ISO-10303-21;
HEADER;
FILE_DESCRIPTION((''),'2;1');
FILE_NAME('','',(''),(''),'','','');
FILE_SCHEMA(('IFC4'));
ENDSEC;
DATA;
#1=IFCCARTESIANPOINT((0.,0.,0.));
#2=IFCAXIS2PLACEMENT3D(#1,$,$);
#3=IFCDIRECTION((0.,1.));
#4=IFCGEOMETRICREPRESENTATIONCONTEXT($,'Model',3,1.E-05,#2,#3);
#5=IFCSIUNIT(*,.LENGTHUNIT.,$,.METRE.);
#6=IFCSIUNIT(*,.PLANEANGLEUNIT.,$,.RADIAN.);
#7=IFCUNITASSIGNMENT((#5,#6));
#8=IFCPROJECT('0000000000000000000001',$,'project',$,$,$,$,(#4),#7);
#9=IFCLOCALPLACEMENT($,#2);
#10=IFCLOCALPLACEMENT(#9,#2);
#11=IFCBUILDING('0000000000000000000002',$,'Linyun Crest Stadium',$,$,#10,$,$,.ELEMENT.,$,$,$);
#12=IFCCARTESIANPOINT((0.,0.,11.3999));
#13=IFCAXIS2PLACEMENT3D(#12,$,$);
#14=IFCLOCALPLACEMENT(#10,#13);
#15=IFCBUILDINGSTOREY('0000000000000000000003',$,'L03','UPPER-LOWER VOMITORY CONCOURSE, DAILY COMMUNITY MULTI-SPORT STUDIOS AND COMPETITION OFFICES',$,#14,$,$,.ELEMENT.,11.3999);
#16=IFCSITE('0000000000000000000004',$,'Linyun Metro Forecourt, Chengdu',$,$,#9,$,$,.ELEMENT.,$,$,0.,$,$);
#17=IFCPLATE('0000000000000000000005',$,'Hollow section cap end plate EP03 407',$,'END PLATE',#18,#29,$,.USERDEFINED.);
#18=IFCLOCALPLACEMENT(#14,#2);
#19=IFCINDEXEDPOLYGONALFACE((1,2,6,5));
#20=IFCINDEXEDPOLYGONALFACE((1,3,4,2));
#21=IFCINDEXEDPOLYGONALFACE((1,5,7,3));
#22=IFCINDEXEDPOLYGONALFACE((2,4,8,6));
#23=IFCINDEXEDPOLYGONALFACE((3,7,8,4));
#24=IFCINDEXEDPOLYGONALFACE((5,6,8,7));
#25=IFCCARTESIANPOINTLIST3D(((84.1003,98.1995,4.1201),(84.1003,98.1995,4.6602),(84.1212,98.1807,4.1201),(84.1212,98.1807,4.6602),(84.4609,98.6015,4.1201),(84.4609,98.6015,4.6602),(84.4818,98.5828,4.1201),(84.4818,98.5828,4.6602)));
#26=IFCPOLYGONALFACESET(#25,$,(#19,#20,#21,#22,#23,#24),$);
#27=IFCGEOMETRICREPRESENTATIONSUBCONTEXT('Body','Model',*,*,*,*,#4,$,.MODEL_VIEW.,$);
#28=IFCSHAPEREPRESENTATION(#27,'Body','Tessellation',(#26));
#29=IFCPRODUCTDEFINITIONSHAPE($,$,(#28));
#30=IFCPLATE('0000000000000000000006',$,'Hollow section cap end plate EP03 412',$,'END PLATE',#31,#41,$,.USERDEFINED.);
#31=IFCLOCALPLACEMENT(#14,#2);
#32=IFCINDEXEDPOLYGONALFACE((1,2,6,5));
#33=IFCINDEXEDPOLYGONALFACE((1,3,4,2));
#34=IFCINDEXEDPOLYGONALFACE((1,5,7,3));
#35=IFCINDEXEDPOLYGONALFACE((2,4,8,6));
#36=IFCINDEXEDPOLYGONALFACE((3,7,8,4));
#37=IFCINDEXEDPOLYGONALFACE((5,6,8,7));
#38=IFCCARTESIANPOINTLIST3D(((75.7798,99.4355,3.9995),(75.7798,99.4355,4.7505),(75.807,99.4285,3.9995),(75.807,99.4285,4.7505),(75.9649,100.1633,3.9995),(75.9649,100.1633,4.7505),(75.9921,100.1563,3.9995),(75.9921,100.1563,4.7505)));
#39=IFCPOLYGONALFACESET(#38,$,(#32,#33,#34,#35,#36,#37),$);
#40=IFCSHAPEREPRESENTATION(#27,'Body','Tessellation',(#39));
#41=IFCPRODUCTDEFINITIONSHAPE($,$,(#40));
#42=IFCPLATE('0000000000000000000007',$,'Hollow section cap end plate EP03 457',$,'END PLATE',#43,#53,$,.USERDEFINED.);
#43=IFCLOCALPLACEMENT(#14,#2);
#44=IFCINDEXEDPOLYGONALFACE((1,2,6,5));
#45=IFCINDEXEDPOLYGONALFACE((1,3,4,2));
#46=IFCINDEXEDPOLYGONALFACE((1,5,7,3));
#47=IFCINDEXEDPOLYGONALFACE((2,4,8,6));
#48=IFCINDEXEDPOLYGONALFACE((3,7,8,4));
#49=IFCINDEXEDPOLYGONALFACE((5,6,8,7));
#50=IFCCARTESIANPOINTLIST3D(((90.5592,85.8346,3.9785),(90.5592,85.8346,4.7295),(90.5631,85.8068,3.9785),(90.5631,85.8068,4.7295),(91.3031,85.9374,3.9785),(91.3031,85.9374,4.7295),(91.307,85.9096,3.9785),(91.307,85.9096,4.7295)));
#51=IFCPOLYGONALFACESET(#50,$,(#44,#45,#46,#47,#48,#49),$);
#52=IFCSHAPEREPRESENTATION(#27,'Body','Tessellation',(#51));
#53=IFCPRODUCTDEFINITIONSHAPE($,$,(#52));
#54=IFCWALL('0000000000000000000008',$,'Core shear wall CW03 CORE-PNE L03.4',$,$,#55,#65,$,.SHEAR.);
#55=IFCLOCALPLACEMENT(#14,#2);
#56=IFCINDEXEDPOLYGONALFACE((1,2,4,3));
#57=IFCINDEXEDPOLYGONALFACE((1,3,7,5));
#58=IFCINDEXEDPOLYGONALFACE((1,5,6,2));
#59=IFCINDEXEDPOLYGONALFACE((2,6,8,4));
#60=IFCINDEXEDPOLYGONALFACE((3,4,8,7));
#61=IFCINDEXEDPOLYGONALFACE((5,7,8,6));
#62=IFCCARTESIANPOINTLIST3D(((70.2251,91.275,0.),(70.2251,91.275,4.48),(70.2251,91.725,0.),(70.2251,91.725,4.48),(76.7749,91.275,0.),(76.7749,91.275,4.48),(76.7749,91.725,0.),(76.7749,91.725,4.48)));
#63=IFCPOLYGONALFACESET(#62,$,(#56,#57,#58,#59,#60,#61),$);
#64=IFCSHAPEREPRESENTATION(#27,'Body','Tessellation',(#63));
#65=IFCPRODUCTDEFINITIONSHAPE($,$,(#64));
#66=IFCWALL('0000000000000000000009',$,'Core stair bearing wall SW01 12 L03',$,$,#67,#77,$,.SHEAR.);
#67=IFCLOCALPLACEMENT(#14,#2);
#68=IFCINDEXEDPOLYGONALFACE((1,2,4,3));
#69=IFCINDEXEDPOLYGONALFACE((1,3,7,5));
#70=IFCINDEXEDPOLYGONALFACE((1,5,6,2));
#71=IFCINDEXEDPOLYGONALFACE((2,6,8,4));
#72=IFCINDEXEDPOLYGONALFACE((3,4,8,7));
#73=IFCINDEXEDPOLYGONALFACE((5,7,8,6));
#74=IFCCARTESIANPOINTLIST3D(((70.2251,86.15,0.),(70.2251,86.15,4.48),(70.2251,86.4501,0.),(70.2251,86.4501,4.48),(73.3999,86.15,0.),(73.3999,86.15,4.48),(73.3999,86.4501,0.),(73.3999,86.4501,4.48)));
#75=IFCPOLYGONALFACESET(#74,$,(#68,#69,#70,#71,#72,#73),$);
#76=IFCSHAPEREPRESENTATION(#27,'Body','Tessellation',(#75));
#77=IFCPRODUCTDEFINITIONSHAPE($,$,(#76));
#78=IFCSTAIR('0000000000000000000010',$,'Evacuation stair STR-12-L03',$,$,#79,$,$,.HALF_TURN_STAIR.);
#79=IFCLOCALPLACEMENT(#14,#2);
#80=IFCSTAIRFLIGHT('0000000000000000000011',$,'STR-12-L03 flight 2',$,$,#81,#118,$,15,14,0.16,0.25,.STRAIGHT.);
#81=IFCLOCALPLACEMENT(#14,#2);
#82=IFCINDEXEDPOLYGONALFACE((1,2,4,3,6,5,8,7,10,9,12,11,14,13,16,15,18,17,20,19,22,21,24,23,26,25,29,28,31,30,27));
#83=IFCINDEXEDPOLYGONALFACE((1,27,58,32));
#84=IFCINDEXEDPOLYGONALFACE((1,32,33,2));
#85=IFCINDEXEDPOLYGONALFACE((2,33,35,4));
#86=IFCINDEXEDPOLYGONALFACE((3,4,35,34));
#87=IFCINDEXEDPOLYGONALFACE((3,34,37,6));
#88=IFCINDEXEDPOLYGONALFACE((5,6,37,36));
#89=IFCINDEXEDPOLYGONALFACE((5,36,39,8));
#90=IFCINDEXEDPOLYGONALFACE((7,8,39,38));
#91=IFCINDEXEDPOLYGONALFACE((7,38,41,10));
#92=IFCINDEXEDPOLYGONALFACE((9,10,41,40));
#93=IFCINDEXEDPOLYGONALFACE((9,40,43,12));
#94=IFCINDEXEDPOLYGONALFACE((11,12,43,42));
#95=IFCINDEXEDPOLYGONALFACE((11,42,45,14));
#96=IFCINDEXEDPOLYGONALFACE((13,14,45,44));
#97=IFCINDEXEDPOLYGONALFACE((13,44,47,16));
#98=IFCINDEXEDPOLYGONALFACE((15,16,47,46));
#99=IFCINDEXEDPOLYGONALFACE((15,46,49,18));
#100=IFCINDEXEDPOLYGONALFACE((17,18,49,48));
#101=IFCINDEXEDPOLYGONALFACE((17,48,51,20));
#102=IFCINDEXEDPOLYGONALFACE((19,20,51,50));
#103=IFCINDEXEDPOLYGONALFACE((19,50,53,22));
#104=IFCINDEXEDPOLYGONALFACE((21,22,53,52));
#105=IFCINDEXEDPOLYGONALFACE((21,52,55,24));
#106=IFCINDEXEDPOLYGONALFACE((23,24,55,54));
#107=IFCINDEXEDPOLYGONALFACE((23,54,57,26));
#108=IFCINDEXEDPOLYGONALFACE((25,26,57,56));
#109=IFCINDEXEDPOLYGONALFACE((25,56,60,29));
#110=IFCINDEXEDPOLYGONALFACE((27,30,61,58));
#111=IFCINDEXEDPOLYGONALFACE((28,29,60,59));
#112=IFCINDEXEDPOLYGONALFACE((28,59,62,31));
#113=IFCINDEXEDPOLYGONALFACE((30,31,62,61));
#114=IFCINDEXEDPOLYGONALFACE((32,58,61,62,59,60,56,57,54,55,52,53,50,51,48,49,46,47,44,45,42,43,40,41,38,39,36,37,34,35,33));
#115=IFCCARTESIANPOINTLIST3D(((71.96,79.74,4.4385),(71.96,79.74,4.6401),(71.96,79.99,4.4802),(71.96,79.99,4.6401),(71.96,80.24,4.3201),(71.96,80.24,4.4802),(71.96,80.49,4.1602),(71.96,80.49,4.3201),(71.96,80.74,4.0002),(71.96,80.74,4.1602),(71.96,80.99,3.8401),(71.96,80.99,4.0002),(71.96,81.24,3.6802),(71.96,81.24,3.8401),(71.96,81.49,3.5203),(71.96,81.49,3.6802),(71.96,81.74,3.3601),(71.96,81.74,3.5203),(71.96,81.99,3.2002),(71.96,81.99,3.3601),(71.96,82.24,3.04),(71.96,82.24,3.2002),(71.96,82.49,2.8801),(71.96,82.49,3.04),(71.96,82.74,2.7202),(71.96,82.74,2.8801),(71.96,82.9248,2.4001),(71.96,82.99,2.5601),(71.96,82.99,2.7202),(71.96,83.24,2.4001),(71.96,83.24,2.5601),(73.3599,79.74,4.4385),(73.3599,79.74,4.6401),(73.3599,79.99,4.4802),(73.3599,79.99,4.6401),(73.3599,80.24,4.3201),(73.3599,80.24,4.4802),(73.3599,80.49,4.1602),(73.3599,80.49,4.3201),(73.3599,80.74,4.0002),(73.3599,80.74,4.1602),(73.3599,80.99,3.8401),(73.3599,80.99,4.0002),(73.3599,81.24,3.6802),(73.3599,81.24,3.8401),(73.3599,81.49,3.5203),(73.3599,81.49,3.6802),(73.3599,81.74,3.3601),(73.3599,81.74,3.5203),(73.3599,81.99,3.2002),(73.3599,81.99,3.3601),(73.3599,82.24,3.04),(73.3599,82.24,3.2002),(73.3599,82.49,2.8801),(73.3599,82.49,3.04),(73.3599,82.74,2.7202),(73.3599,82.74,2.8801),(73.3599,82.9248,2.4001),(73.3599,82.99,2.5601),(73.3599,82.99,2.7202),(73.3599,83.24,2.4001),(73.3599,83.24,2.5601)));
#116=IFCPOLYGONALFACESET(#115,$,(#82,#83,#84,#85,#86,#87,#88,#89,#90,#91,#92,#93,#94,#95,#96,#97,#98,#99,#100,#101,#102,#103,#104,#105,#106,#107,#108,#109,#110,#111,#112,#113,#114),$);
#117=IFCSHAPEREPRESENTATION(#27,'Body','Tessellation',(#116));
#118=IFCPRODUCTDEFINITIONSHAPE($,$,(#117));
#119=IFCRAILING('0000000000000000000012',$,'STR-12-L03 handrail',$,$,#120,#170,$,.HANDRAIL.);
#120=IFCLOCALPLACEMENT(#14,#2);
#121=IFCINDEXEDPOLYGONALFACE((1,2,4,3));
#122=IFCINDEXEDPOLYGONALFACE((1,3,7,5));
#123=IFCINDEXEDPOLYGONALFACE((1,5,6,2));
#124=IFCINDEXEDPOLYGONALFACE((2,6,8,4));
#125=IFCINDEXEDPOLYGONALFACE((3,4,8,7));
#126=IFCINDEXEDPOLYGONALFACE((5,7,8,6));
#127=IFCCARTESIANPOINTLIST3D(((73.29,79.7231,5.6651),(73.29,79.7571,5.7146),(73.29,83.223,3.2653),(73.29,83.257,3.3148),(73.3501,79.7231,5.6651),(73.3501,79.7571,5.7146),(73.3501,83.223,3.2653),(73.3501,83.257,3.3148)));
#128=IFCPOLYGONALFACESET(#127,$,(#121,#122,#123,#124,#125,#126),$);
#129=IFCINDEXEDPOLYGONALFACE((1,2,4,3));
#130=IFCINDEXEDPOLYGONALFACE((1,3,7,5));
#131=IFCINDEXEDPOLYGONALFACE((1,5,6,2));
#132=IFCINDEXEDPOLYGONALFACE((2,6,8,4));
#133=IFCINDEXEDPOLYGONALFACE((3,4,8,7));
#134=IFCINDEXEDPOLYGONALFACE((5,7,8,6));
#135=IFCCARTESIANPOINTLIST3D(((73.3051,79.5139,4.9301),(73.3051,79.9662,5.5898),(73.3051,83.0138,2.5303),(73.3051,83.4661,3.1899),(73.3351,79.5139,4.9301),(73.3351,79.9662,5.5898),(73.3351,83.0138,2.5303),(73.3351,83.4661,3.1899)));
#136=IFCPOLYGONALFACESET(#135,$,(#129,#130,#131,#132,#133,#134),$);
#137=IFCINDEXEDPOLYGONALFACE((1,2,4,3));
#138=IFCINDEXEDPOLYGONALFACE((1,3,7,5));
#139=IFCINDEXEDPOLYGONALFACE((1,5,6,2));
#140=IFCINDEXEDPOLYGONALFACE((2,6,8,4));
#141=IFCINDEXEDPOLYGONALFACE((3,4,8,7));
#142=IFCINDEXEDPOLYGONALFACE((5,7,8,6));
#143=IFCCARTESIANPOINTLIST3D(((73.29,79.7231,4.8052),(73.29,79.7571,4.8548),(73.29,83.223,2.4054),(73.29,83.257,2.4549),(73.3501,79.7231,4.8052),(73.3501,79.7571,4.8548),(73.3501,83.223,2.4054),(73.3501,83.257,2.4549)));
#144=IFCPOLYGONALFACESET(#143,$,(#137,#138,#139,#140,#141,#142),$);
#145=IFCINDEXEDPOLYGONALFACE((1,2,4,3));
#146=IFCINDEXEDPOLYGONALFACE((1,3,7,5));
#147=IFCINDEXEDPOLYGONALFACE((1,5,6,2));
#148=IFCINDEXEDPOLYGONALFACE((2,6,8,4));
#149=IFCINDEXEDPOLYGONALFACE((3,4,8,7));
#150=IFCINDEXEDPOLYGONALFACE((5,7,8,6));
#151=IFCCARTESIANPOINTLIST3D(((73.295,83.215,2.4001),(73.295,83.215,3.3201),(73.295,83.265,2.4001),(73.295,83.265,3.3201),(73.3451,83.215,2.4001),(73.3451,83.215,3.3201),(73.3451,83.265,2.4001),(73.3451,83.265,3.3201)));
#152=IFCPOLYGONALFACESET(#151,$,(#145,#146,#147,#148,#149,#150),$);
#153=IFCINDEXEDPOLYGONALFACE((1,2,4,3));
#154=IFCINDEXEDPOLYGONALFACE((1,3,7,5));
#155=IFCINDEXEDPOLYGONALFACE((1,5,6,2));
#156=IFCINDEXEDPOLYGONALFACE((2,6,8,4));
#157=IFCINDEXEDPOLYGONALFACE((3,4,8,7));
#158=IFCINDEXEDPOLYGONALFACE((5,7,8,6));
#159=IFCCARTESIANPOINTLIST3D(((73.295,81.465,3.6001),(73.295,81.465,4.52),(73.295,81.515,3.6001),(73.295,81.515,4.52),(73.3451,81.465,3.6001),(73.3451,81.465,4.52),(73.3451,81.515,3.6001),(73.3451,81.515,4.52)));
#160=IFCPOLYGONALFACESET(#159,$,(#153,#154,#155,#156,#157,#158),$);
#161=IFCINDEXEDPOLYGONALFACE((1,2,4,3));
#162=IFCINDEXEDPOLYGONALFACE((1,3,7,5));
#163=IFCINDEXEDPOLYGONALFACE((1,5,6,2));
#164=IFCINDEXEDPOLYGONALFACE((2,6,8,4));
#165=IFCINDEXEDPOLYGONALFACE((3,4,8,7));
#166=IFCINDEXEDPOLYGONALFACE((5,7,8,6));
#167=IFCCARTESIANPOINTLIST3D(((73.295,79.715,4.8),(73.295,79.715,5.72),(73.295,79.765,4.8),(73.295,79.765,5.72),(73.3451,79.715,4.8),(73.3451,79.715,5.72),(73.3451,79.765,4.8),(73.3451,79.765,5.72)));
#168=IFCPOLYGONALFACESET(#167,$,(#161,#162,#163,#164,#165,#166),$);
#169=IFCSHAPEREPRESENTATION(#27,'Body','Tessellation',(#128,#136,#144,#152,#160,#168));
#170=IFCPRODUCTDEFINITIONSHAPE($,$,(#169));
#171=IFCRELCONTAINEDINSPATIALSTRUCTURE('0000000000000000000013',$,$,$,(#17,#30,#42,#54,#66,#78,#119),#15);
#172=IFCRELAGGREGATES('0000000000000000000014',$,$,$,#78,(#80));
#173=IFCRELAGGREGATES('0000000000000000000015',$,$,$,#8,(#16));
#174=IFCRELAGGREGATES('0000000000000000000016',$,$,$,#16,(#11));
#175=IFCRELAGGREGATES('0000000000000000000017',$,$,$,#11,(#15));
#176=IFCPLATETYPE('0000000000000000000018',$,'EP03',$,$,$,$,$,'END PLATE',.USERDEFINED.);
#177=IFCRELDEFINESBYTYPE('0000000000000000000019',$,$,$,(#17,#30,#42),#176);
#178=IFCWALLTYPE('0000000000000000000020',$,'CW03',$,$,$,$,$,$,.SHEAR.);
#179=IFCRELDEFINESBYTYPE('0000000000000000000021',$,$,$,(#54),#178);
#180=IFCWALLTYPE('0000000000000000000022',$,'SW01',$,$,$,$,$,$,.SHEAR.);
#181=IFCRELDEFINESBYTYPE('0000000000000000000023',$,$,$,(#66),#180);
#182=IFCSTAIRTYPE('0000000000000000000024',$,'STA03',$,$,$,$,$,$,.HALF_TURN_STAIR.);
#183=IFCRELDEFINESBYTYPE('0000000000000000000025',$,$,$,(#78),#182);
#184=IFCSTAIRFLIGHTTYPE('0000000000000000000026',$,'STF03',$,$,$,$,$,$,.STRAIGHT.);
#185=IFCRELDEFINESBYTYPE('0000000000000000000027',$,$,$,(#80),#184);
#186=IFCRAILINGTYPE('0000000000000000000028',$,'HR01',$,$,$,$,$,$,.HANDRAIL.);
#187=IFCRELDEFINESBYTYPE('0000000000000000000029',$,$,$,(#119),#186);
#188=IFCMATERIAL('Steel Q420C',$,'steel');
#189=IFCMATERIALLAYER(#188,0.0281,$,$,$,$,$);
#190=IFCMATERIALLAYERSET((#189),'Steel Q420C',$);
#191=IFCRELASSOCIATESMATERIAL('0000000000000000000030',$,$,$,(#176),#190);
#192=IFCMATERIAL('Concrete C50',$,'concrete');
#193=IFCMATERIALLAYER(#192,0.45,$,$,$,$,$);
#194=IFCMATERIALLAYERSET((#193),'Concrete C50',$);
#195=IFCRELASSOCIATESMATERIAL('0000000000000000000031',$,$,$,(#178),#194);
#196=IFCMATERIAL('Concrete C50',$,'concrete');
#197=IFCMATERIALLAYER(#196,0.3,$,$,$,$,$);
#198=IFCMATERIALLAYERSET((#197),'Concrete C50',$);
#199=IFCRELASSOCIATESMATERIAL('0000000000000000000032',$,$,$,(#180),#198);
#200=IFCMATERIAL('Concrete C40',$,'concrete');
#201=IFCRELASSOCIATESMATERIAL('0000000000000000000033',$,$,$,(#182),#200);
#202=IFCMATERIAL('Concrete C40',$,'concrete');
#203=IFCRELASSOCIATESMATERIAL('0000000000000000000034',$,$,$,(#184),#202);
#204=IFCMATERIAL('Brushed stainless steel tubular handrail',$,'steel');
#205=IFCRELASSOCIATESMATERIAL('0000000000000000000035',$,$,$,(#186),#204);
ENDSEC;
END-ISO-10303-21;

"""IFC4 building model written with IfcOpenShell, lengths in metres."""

from ifc_helpers import new_model, si_unit, direction, frame, frame_2d, origin, origin_2d, place, context, subcontext, project, spatial, polyline, rectangle, outline, extrude, material, layer, layer_set, type_object, element, aggregate, save


model = new_model("IFC4")

# Units and contexts
model_context = context("Model", 3, precision=1e-05, world=origin(), true_north=direction((0.0, 1.0)))
body_context = subcontext(model_context, "Body", "Model", "MODEL_VIEW")
ifc_project = project(units=[si_unit("LENGTHUNIT", "METRE"), si_unit("PLANEANGLEUNIT", "RADIAN")], contexts=[model_context])

# Site, building, storey
site_placement = place(None, origin())
site = spatial("IfcSite", under=ifc_project, at=site_placement, Name="Linyun Metro Forecourt, Chengdu", CompositionType="ELEMENT", RefElevation=0.0)
building_placement = place(site_placement, origin())
building = spatial("IfcBuilding", under=site, at=building_placement, Name="Linyun Crest Stadium", CompositionType="ELEMENT")
storey_placement = place(building_placement, frame((0.0, 0.0, 11.3999)))
storey = spatial("IfcBuildingStorey", under=building, at=storey_placement, Name="L03", Description="UPPER-LOWER VOMITORY CONCOURSE, DAILY COMMUNITY MULTI-SPORT STUDIOS AND COMPETITION OFFICES", CompositionType="ELEMENT", Elevation=11.3999)

# Plates
ifc_material_1 = material(Name="Steel Q420C", Category="steel")
ifc_layer_1 = layer(ifc_material_1, 0.0281)
ifc_layer_set_1 = layer_set([ifc_layer_1], Name="Steel Q420C")
plate_type = type_object("IfcPlateType", Name="EP03", ElementType="END PLATE", PredefinedType="USERDEFINED", material=ifc_layer_set_1)
plate_1_placement = place(storey_placement, frame((84.291, 98.3911, 4.1201), z_axis=(0.0, 0.0, 1.0), x_axis=(0.667703, 0.744428, 0.0)))
element("IfcPlate", 1, at=plate_1_placement, inside=storey, type_object=plate_type, Name="Hollow section cap end plate EP03 407", ObjectType="END PLATE", PredefinedType="USERDEFINED", context=body_context, shape_type="SweptSolid", body=[
    extrude(rectangle(XDim=0.54, YDim=0.0281, at=origin_2d()), origin(), (0.0, 0.0, 1.0), 0.54),
])
for number, where, z_axis, x_axis, name in (
    (2, (75.886, 99.7959, 3.9995), (0.0, 0.0, 1.0), (0.246492, 0.969145, 0.0), "Hollow section cap end plate EP03 412"),
    (3, (90.9331, 85.8721, 3.9785), (0.0, 0.0, 1.0), (0.990581, 0.136926, 0.0), "Hollow section cap end plate EP03 457"),
):
    element("IfcPlate", number, at=place(storey_placement, frame(where, z_axis=z_axis, x_axis=x_axis)), inside=storey, type_object=plate_type, Name=name, ObjectType="END PLATE", PredefinedType="USERDEFINED", context=body_context, shape_type="SweptSolid", body=[
        extrude(rectangle(XDim=0.751, YDim=0.0281, at=origin_2d()), origin(), (0.0, 0.0, 1.0), 0.751),
    ])

# Walls
ifc_material_2 = material(Name="Concrete C50", Category="concrete")
ifc_layer_2 = layer(ifc_material_2, 0.45)
ifc_layer_set_2 = layer_set([ifc_layer_2], Name="Concrete C50")
wall_type_1 = type_object("IfcWallType", Name="CW03", PredefinedType="SHEAR", material=ifc_layer_set_2)
wall_1_placement = place(storey_placement, frame((70.2251, 91.5, 0.0), z_axis=(0.0, 0.0, 1.0), x_axis=(1.0, 0.0, 0.0)))
element("IfcWall", 4, at=wall_1_placement, inside=storey, type_object=wall_type_1, Name="Core shear wall CW03 CORE-PNE L03.4", PredefinedType="SHEAR", context=body_context, shape_type="SweptSolid", body=[
    extrude(rectangle(XDim=6.5498, YDim=0.45, at=frame_2d((3.2749, 0.0))), origin(), (0.0, 0.0, 1.0), 4.48),
])
ifc_material_3 = material(Name="Concrete C50", Category="concrete")
ifc_layer_3 = layer(ifc_material_3, 0.3)
ifc_layer_set_3 = layer_set([ifc_layer_3], Name="Concrete C50")
wall_type_2 = type_object("IfcWallType", Name="SW01", PredefinedType="SHEAR", material=ifc_layer_set_3)
wall_2_placement = place(storey_placement, frame((70.2251, 86.3, 0.0), z_axis=(0.0, 0.0, 1.0), x_axis=(1.0, 0.0, 0.0)))
element("IfcWall", 5, at=wall_2_placement, inside=storey, type_object=wall_type_2, Name="Core stair bearing wall SW01 12 L03", PredefinedType="SHEAR", context=body_context, shape_type="SweptSolid", body=[
    extrude(rectangle(XDim=3.1748, YDim=0.3, at=frame_2d((1.5874, 0.0))), origin(), (0.0, 0.0, 1.0), 4.48),
])

# Stair, stair flight
ifc_material_4 = material(Name="Concrete C40", Category="concrete")
stair_type = type_object("IfcStairType", Name="STA03", PredefinedType="HALF_TURN_STAIR", material=ifc_material_4)
stair_placement = place(storey_placement, origin())
stair = element("IfcStair", 6, at=stair_placement, inside=storey, type_object=stair_type, Name="Evacuation stair STR-12-L03", PredefinedType="HALF_TURN_STAIR")
ifc_material_5 = material(Name="Concrete C40", Category="concrete")
stair_flight_type = type_object("IfcStairFlightType", Name="STF03", PredefinedType="STRAIGHT", material=ifc_material_5)
stair_flight_placement = place(storey_placement, frame((72.6599, 83.24, 2.4001), z_axis=(0.0, 0.0, 1.0), x_axis=(0.0, -1.0, 0.0)))
stair_flight = element("IfcStairFlight", 7, at=stair_flight_placement, type_object=stair_flight_type, Name="STR-12-L03 flight 2", NumberOfRisers=15, NumberOfTreads=14, PredefinedType="STRAIGHT", RiserHeight=0.16, TreadLength=0.25, context=body_context, shape_type="SweptSolid", body=[
    extrude(outline(polyline([(0.0, 0.0), (0.0, 0.1599), (0.25, 0.1599), (0.25, 0.3201), (0.5, 0.3201), (0.5, 0.48), (0.75, 0.48), (0.75, 0.6399), (1.0, 0.6399), (1.0, 0.8), (1.25, 0.8), (1.25, 0.96), (1.5, 0.96), (1.5, 1.1201), (1.75, 1.1201), (1.75, 1.28), (2.0, 1.28), (2.0, 1.4399), (2.25, 1.4399), (2.25, 1.6001), (2.5, 1.6001), (2.5, 1.76), (2.75, 1.76), (2.75, 1.9199), (3.0, 1.9199), (3.0, 2.0801), (3.25, 2.0801), (3.25, 2.24), (3.5, 2.24), (3.5, 2.3999), (3.5, 2.0383), (0.3152, 0.0), (0.0, 0.0)])), frame((0.0, 0.7, 0.0), z_axis=(0.0, -1.0, 0.0), x_axis=(1.0, 0.0, 0.0)), (0.0, 0.0, 1.0), 1.3999),
])
aggregate(stair, [stair_flight])

# Railing
ifc_material_6 = material(Name="Brushed stainless steel tubular handrail", Category="steel")
railing_type = type_object("IfcRailingType", Name="HR01", PredefinedType="HANDRAIL", material=ifc_material_6)
railing_placement = place(storey_placement, frame((73.3201, 83.24, 2.4001)))
element("IfcRailing", 8, at=railing_placement, inside=storey, type_object=railing_type, Name="STR-12-L03 handrail", PredefinedType="HANDRAIL", context=body_context, shape_type="SweptSolid", body=[
    extrude(rectangle(XDim=0.0601, YDim=0.0601, at=origin_2d()), frame((0.0, 0.0, 0.8899), z_axis=(0.0, -0.82474, 0.565513), x_axis=(1.0, 0.0, 0.0)), (0.0, 0.0, 1.0), 4.2437),
    extrude(rectangle(XDim=0.03, YDim=0.7998, at=origin_2d()), frame((0.0, 0.0, 0.46), z_axis=(0.0, -0.82474, 0.565513), x_axis=(1.0, 0.0, 0.0)), (0.0, 0.0, 1.0), 4.2437),
    extrude(rectangle(XDim=0.0601, YDim=0.0601, at=origin_2d()), frame((0.0, 0.0, 0.03), z_axis=(0.0, -0.82474, 0.565513), x_axis=(1.0, 0.0, 0.0)), (0.0, 0.0, 1.0), 4.2437),
    extrude(rectangle(XDim=0.05, YDim=0.05, at=origin_2d()), origin(), (0.0, 0.0, 1.0), 0.9199),
    extrude(rectangle(XDim=0.05, YDim=0.05, at=origin_2d()), frame((0.0, -1.75, 1.2)), (0.0, 0.0, 1.0), 0.9199),
    extrude(rectangle(XDim=0.05, YDim=0.05, at=origin_2d()), frame((0.0, -3.5, 2.3999)), (0.0, 0.0, 1.0), 0.9199),
])

save(model, "model.ifc")
